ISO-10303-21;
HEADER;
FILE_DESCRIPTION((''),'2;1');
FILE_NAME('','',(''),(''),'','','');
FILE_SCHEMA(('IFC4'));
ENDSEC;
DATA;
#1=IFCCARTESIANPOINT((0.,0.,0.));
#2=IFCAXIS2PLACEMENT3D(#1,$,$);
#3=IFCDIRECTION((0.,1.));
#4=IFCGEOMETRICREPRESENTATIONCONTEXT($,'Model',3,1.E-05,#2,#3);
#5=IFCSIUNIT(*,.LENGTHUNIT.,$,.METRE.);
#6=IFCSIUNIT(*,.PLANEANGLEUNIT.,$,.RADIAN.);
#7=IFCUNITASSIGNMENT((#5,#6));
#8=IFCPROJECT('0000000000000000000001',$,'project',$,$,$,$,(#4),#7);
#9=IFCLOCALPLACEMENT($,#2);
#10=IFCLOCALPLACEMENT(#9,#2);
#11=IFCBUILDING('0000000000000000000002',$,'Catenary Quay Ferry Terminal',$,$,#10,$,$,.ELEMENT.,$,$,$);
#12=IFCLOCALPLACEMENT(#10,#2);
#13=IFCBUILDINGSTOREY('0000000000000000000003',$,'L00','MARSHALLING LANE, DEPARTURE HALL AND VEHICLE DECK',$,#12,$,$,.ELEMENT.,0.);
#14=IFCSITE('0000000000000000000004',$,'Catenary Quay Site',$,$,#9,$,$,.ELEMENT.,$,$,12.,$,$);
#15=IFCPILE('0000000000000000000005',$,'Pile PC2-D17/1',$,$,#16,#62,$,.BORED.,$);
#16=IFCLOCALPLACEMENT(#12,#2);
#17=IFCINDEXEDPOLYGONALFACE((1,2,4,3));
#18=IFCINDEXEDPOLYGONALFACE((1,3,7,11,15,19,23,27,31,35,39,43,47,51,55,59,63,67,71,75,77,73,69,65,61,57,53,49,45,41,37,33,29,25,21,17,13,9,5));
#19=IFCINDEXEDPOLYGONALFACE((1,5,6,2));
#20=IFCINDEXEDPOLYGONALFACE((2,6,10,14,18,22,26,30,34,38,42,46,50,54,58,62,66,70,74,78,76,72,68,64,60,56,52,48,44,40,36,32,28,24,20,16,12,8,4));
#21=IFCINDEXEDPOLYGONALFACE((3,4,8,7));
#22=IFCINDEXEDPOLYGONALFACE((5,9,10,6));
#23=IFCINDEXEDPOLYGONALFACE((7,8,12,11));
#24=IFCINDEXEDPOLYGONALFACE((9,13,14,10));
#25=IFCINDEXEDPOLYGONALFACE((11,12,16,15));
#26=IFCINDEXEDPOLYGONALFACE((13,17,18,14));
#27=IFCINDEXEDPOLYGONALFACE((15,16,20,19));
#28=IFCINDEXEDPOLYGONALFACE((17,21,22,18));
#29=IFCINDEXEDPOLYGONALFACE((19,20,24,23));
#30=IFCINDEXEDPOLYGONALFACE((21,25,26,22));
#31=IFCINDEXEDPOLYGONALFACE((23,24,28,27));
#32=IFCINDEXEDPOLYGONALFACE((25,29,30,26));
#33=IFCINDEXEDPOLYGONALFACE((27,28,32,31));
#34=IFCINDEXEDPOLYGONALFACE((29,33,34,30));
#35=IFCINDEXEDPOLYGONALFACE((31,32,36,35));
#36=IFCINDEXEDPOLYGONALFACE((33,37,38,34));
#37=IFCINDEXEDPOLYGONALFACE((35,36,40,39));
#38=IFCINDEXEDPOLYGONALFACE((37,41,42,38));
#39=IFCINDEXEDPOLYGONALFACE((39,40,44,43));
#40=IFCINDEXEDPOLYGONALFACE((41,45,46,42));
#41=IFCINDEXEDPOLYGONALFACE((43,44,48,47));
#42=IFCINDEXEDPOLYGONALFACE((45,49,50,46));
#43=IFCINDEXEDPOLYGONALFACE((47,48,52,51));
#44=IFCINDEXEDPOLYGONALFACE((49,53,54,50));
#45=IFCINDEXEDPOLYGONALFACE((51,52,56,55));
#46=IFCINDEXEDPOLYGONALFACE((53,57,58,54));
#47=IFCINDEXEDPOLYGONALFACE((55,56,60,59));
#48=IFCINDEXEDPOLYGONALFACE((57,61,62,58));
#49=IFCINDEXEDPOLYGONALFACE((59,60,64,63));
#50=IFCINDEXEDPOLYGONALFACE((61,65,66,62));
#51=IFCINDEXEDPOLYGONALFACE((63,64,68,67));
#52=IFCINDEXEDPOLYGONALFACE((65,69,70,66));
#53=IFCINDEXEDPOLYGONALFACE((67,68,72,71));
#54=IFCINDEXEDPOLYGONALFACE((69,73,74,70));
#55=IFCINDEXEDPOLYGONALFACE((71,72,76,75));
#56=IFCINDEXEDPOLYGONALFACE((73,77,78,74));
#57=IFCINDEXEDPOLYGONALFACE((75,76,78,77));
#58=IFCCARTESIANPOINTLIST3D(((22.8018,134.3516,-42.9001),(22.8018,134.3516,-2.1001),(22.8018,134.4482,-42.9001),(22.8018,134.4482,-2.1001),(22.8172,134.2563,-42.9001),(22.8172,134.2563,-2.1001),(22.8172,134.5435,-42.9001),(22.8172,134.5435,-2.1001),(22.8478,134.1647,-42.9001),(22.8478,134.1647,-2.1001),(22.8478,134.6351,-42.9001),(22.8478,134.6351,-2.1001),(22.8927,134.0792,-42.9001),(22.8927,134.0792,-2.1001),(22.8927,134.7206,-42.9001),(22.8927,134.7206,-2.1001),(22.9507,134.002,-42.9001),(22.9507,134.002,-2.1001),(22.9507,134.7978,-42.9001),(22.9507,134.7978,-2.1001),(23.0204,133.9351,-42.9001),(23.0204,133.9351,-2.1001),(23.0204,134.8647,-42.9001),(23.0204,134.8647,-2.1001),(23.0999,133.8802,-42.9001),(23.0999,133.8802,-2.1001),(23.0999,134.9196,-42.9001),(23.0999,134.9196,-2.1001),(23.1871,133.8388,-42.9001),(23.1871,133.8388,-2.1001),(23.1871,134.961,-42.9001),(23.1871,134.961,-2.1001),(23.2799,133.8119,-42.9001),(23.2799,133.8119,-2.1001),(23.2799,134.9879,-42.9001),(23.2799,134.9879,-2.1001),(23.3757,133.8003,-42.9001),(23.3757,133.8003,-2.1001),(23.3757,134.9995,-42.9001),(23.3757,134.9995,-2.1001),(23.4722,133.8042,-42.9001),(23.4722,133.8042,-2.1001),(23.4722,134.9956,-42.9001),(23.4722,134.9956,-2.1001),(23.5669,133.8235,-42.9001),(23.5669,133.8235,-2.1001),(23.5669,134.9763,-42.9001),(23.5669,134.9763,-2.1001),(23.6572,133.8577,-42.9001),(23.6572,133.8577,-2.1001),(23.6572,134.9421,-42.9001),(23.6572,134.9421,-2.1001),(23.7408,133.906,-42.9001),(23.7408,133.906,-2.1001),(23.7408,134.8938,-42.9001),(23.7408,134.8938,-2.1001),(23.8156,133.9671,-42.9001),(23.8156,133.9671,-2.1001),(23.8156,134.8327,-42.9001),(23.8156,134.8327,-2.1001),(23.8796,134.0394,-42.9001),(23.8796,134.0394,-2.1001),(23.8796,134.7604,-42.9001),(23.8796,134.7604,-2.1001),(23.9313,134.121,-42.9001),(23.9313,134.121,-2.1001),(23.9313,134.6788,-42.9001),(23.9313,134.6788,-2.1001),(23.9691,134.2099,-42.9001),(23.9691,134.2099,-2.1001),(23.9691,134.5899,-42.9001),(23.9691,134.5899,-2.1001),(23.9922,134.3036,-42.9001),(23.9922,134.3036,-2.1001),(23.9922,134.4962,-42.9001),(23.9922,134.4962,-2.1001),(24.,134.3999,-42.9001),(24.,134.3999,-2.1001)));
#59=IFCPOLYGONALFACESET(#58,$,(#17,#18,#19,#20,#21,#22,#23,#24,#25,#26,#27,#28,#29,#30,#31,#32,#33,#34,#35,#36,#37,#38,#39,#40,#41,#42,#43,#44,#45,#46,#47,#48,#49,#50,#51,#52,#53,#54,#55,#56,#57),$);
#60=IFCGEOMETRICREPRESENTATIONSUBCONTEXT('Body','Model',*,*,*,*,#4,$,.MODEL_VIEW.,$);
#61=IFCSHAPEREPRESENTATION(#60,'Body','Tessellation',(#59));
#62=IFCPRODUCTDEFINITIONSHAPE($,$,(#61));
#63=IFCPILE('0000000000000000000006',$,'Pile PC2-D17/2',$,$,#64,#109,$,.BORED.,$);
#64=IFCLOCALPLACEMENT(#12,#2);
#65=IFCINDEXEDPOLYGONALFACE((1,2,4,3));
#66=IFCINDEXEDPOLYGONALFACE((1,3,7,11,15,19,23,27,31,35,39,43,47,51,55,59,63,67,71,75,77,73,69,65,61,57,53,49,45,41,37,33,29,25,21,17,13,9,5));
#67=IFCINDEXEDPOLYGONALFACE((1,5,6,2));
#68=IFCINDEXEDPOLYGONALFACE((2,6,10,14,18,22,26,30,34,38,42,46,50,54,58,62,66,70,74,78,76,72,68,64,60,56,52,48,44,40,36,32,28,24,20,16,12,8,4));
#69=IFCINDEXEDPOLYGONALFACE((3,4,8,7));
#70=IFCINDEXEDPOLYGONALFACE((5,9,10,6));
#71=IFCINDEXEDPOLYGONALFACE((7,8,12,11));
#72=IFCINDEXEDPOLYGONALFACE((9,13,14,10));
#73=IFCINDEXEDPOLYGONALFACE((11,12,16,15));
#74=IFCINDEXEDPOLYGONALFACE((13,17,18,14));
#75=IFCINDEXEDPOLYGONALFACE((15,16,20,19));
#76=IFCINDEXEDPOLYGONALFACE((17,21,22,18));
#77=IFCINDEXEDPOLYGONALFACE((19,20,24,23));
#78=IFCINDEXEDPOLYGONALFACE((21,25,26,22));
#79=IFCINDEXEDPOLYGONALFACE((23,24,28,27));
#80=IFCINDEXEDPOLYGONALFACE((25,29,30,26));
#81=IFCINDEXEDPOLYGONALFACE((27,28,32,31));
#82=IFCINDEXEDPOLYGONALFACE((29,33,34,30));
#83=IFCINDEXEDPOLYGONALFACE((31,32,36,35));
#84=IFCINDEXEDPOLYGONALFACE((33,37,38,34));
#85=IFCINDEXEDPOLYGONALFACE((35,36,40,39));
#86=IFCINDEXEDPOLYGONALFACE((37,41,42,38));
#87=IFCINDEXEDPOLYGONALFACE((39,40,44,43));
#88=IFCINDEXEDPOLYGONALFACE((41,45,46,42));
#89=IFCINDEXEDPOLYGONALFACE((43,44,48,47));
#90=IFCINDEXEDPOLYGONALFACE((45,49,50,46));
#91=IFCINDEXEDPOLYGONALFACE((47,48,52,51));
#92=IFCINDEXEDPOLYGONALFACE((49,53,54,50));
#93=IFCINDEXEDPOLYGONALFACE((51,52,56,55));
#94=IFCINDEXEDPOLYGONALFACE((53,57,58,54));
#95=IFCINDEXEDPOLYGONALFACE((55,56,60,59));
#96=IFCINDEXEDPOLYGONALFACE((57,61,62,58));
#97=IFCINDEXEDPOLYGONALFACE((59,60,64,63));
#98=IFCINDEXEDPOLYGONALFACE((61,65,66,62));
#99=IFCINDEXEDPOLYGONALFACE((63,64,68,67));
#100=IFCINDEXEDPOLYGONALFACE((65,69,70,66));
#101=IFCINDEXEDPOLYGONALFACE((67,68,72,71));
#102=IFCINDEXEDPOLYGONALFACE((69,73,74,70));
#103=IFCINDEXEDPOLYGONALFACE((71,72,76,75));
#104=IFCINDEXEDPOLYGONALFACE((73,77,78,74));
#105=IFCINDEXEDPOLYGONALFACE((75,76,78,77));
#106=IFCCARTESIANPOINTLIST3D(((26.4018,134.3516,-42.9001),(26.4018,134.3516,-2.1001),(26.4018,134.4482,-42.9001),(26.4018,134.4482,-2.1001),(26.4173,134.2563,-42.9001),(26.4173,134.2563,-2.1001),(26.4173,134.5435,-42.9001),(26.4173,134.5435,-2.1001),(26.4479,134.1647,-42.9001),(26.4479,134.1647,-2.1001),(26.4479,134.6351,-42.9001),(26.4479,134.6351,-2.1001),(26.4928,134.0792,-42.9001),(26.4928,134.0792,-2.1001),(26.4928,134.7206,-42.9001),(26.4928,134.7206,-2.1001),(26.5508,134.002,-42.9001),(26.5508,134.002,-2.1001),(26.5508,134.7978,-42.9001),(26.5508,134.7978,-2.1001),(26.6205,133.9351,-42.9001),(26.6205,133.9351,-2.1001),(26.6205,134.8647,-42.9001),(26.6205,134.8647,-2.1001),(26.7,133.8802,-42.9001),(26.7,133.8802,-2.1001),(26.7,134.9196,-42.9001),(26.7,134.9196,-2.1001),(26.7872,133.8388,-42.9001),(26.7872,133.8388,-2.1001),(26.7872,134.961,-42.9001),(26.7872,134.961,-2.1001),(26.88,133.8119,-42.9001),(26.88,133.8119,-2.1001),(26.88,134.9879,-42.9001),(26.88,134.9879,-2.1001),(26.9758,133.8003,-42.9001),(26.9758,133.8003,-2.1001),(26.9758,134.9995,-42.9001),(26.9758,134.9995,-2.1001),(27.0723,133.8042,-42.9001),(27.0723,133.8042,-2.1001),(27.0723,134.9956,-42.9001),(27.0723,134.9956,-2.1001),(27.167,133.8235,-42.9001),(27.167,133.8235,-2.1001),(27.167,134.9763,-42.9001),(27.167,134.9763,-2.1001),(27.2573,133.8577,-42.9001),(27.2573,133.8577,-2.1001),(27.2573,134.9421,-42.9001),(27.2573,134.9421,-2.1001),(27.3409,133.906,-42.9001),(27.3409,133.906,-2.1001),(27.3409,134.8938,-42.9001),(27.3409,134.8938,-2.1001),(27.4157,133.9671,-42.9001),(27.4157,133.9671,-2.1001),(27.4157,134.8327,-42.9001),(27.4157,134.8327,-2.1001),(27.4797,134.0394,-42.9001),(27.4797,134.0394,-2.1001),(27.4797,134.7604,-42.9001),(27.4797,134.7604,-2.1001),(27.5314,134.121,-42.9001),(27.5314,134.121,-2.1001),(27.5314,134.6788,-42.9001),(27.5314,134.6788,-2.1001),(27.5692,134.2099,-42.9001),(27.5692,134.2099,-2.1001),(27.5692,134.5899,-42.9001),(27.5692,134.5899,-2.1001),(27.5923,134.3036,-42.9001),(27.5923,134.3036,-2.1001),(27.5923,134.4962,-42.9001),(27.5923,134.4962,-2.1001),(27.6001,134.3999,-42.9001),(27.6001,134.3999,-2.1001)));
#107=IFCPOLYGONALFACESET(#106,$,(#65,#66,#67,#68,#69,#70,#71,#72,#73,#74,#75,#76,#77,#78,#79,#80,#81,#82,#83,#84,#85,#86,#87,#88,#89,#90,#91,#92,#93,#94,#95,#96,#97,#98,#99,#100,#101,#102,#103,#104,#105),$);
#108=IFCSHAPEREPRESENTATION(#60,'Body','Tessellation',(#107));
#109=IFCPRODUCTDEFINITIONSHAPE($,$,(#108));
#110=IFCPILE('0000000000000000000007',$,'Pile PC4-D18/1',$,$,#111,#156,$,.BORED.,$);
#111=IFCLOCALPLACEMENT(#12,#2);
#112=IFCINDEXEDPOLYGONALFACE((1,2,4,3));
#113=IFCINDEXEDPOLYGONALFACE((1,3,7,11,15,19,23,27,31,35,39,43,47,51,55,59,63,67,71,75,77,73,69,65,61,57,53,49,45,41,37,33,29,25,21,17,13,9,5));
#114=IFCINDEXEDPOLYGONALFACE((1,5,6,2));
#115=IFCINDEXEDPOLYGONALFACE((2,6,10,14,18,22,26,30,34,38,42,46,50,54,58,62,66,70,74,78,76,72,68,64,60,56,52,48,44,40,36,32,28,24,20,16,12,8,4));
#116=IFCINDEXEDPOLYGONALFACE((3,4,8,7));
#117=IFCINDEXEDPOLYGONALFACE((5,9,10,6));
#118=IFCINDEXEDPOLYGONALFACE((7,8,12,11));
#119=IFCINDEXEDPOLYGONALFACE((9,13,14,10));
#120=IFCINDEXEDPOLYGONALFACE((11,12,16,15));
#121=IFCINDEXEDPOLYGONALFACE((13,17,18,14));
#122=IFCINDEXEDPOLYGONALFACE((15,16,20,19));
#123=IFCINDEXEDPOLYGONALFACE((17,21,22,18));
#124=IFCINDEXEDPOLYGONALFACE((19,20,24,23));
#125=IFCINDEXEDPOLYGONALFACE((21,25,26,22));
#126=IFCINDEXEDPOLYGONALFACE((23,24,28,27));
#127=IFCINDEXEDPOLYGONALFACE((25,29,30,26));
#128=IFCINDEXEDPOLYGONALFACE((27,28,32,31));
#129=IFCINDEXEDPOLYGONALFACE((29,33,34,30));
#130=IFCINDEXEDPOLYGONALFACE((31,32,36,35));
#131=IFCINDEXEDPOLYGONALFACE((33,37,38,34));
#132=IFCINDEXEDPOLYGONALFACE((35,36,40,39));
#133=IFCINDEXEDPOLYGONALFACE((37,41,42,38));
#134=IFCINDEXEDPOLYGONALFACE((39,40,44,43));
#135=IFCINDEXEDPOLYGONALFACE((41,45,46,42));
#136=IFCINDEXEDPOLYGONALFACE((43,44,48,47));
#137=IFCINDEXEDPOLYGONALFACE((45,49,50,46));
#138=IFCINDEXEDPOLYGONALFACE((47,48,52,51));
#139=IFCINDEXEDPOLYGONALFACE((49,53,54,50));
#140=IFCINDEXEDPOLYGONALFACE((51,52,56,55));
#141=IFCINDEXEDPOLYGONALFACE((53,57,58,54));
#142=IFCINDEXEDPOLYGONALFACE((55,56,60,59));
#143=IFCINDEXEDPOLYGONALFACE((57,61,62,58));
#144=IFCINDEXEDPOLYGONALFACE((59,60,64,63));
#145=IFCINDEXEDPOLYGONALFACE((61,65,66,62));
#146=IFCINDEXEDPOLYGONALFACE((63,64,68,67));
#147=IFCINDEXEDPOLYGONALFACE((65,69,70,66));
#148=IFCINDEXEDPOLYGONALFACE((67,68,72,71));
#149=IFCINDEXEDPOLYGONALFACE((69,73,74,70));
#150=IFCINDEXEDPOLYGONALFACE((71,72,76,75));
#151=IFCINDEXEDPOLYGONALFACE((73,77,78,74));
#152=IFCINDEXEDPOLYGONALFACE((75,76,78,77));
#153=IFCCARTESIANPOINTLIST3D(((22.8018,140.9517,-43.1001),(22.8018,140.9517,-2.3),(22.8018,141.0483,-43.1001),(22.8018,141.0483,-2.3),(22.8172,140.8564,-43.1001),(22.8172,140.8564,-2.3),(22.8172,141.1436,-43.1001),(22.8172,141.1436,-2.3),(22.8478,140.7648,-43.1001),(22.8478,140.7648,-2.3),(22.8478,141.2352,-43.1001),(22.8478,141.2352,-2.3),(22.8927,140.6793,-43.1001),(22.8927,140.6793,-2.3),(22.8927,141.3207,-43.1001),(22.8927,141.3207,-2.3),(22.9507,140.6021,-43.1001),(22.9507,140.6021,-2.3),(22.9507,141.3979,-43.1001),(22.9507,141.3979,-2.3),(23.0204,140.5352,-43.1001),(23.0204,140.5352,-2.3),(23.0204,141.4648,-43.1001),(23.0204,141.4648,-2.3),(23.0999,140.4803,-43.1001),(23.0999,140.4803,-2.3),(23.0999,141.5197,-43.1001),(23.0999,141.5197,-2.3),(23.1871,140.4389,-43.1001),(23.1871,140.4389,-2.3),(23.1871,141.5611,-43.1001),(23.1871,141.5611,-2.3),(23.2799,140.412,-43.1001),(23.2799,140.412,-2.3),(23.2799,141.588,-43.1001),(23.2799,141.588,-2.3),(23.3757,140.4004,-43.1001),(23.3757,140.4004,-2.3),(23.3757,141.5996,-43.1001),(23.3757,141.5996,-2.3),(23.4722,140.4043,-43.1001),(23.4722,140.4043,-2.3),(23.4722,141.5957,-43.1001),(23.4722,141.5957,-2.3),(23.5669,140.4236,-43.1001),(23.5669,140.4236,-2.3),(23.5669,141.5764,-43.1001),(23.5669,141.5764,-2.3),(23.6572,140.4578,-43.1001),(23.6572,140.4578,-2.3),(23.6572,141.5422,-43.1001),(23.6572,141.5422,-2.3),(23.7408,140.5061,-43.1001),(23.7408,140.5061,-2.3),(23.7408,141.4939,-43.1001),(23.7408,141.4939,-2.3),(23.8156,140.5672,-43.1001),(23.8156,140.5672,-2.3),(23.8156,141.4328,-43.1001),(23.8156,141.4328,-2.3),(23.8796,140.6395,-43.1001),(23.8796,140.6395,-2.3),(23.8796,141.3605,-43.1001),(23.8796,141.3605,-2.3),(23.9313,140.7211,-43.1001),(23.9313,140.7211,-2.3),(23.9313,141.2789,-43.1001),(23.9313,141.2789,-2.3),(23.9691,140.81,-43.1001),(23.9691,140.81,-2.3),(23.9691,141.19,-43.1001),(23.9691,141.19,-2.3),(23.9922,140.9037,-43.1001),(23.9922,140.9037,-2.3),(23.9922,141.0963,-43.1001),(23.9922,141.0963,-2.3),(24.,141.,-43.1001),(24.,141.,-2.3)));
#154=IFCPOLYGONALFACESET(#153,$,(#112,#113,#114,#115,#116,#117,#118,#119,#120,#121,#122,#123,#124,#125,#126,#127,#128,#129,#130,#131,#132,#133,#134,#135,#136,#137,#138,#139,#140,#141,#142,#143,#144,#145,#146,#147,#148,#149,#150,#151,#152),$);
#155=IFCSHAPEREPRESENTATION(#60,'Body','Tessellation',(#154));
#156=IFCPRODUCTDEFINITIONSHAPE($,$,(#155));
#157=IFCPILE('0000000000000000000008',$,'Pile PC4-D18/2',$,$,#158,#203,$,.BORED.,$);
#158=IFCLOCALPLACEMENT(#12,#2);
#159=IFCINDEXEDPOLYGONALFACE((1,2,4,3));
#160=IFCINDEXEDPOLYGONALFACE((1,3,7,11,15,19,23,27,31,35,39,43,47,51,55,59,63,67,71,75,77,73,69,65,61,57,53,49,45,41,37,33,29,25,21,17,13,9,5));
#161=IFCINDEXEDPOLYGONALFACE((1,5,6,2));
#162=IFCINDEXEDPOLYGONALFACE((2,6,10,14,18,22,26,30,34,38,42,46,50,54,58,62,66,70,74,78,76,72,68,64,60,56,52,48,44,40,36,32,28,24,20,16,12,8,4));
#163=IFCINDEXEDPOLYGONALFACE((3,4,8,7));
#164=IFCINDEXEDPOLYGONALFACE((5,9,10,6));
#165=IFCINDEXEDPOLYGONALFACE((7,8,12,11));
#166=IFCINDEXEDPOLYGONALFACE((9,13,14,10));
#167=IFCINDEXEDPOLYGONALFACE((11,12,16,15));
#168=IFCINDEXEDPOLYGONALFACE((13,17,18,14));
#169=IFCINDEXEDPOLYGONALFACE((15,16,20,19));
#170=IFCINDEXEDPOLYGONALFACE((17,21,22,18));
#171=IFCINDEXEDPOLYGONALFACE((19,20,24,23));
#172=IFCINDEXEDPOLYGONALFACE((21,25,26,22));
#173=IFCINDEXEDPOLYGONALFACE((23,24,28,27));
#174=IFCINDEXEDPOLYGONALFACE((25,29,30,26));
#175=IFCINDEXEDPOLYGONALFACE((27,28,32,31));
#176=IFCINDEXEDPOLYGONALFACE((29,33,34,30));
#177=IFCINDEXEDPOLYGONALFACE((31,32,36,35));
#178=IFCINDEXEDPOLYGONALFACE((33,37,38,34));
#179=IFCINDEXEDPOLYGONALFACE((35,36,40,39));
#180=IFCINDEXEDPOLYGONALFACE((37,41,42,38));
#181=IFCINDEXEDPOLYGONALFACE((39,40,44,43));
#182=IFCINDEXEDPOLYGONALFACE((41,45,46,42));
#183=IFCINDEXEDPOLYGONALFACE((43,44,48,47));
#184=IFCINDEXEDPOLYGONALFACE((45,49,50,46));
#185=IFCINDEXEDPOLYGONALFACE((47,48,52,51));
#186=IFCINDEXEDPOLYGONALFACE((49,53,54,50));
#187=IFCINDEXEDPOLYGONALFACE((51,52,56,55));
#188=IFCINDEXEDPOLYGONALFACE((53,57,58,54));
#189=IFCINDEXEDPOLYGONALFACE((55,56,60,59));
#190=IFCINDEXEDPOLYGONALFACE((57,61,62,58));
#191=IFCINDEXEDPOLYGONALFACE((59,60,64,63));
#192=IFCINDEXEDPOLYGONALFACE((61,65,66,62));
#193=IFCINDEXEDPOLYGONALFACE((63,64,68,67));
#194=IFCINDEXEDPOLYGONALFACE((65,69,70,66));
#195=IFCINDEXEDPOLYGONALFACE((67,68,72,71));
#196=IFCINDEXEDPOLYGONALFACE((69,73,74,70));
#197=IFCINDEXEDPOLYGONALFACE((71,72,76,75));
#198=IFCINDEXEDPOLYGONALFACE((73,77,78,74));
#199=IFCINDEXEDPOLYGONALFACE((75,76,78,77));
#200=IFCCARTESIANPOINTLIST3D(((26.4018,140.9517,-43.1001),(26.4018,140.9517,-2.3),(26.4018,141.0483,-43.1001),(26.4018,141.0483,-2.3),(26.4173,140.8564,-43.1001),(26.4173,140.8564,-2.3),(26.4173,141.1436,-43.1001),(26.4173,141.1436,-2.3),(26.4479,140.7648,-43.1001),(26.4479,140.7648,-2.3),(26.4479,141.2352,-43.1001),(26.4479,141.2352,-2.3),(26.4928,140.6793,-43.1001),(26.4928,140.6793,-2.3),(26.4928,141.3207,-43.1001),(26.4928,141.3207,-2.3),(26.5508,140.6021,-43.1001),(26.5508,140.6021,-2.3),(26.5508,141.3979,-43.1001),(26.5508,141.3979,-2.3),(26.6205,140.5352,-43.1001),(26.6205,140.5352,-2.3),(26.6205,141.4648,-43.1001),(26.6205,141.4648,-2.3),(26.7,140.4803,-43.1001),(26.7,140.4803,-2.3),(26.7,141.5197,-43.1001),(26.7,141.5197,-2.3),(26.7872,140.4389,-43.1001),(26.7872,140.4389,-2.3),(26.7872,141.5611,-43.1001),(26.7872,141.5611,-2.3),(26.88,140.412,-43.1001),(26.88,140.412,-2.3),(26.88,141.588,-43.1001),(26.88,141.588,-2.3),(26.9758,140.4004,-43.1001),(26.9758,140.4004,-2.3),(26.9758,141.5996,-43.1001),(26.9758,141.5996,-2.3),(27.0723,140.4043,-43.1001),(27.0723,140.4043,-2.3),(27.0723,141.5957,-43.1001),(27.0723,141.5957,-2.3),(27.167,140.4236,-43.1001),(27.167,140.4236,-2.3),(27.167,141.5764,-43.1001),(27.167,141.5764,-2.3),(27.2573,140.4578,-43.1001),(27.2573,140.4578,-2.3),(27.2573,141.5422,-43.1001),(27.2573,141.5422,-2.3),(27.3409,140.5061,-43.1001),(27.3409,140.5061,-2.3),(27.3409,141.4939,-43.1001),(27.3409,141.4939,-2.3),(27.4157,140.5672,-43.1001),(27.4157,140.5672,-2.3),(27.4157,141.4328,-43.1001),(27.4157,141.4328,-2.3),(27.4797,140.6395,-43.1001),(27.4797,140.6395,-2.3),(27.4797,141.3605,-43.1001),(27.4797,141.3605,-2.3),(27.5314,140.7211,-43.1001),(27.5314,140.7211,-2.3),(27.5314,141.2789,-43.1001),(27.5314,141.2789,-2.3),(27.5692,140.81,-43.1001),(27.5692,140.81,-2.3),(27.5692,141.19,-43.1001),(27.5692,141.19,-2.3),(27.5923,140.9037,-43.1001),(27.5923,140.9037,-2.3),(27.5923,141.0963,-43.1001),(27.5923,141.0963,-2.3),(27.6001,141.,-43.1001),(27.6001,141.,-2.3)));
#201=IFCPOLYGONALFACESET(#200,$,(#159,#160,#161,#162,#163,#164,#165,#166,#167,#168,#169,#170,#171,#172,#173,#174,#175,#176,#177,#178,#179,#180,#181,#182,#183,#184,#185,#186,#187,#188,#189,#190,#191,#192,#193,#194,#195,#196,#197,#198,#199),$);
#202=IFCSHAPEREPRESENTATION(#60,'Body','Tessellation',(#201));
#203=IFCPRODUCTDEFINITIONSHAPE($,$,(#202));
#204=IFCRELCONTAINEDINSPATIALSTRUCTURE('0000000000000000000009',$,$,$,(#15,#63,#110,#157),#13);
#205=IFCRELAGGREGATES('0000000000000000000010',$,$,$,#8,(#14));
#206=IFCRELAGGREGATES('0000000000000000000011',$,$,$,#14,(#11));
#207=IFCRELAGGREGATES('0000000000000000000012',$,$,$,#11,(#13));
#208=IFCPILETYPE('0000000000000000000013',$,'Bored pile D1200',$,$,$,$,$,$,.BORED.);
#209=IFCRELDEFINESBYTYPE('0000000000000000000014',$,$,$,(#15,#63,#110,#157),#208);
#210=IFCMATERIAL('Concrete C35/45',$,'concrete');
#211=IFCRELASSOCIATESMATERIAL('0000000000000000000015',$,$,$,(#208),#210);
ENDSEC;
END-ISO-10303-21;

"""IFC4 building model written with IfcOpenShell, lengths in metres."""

from ifc_helpers import new_model, si_unit, direction, frame, origin, origin_2d, place, context, subcontext, project, spatial, circle, extrude, material, material_profile, profile_set, type_object, element, save


model = new_model("IFC4")

# Units and contexts
model_context = context("Model", 3, precision=1e-05, world=origin(), true_north=direction((0.0, 1.0)))
body_context = subcontext(model_context, "Body", "Model", "MODEL_VIEW")
ifc_project = project(units=[si_unit("LENGTHUNIT", "METRE"), si_unit("PLANEANGLEUNIT", "RADIAN")], contexts=[model_context])

# Site, building, storey
site_placement = place(None, origin())
site = spatial("IfcSite", under=ifc_project, at=site_placement, Name="Catenary Quay Site", CompositionType="ELEMENT", RefElevation=12.0)
building_placement = place(site_placement, origin())
building = spatial("IfcBuilding", under=site, at=building_placement, Name="Catenary Quay Ferry Terminal", CompositionType="ELEMENT")
storey_placement = place(building_placement, origin())
storey = spatial("IfcBuildingStorey", under=building, at=storey_placement, Name="L00", Description="MARSHALLING LANE, DEPARTURE HALL AND VEHICLE DECK", CompositionType="ELEMENT", Elevation=0.0)

# Piles
ifc_material_1 = material(Name="Concrete C35/45", Category="concrete")
ifc_material_profile_1 = material_profile(ifc_material_1, circle(Radius=0.6001, at=origin_2d()), Name="D1200")
ifc_profile_set_1 = profile_set([ifc_material_profile_1], Name="Concrete C35/45")
pile_type = type_object("IfcPileType", Name="Bored pile D1200", PredefinedType="BORED", material=ifc_profile_set_1)
for number, where, z_axis, x_axis, name in (
    (1, (23.3999, 134.3999, -2.1001), (0.0, 0.0, -1.0), (1.0, 0.0, 0.0), "Pile PC2-D17/1"),
    (2, (27.0, 134.3999, -2.1001), (0.0, 0.0, -1.0), (1.0, 0.0, 0.0), "Pile PC2-D17/2"),
    (3, (23.3999, 141.0, -2.3), (0.0, 0.0, -1.0), (1.0, 0.0, 0.0), "Pile PC4-D18/1"),
    (4, (27.0, 141.0, -2.3), (0.0, 0.0, -1.0), (1.0, 0.0, 0.0), "Pile PC4-D18/2"),
):
    element("IfcPile", number, at=place(storey_placement, frame(where, z_axis=z_axis, x_axis=x_axis)), inside=storey, type_object=pile_type, Name=name, PredefinedType="BORED", context=body_context, shape_type="SweptSolid", body=[
        extrude(circle(Radius=0.6001, at=origin_2d()), origin(), (0.0, 0.0, 1.0), 40.8),
    ])

save(model, "model.ifc")
